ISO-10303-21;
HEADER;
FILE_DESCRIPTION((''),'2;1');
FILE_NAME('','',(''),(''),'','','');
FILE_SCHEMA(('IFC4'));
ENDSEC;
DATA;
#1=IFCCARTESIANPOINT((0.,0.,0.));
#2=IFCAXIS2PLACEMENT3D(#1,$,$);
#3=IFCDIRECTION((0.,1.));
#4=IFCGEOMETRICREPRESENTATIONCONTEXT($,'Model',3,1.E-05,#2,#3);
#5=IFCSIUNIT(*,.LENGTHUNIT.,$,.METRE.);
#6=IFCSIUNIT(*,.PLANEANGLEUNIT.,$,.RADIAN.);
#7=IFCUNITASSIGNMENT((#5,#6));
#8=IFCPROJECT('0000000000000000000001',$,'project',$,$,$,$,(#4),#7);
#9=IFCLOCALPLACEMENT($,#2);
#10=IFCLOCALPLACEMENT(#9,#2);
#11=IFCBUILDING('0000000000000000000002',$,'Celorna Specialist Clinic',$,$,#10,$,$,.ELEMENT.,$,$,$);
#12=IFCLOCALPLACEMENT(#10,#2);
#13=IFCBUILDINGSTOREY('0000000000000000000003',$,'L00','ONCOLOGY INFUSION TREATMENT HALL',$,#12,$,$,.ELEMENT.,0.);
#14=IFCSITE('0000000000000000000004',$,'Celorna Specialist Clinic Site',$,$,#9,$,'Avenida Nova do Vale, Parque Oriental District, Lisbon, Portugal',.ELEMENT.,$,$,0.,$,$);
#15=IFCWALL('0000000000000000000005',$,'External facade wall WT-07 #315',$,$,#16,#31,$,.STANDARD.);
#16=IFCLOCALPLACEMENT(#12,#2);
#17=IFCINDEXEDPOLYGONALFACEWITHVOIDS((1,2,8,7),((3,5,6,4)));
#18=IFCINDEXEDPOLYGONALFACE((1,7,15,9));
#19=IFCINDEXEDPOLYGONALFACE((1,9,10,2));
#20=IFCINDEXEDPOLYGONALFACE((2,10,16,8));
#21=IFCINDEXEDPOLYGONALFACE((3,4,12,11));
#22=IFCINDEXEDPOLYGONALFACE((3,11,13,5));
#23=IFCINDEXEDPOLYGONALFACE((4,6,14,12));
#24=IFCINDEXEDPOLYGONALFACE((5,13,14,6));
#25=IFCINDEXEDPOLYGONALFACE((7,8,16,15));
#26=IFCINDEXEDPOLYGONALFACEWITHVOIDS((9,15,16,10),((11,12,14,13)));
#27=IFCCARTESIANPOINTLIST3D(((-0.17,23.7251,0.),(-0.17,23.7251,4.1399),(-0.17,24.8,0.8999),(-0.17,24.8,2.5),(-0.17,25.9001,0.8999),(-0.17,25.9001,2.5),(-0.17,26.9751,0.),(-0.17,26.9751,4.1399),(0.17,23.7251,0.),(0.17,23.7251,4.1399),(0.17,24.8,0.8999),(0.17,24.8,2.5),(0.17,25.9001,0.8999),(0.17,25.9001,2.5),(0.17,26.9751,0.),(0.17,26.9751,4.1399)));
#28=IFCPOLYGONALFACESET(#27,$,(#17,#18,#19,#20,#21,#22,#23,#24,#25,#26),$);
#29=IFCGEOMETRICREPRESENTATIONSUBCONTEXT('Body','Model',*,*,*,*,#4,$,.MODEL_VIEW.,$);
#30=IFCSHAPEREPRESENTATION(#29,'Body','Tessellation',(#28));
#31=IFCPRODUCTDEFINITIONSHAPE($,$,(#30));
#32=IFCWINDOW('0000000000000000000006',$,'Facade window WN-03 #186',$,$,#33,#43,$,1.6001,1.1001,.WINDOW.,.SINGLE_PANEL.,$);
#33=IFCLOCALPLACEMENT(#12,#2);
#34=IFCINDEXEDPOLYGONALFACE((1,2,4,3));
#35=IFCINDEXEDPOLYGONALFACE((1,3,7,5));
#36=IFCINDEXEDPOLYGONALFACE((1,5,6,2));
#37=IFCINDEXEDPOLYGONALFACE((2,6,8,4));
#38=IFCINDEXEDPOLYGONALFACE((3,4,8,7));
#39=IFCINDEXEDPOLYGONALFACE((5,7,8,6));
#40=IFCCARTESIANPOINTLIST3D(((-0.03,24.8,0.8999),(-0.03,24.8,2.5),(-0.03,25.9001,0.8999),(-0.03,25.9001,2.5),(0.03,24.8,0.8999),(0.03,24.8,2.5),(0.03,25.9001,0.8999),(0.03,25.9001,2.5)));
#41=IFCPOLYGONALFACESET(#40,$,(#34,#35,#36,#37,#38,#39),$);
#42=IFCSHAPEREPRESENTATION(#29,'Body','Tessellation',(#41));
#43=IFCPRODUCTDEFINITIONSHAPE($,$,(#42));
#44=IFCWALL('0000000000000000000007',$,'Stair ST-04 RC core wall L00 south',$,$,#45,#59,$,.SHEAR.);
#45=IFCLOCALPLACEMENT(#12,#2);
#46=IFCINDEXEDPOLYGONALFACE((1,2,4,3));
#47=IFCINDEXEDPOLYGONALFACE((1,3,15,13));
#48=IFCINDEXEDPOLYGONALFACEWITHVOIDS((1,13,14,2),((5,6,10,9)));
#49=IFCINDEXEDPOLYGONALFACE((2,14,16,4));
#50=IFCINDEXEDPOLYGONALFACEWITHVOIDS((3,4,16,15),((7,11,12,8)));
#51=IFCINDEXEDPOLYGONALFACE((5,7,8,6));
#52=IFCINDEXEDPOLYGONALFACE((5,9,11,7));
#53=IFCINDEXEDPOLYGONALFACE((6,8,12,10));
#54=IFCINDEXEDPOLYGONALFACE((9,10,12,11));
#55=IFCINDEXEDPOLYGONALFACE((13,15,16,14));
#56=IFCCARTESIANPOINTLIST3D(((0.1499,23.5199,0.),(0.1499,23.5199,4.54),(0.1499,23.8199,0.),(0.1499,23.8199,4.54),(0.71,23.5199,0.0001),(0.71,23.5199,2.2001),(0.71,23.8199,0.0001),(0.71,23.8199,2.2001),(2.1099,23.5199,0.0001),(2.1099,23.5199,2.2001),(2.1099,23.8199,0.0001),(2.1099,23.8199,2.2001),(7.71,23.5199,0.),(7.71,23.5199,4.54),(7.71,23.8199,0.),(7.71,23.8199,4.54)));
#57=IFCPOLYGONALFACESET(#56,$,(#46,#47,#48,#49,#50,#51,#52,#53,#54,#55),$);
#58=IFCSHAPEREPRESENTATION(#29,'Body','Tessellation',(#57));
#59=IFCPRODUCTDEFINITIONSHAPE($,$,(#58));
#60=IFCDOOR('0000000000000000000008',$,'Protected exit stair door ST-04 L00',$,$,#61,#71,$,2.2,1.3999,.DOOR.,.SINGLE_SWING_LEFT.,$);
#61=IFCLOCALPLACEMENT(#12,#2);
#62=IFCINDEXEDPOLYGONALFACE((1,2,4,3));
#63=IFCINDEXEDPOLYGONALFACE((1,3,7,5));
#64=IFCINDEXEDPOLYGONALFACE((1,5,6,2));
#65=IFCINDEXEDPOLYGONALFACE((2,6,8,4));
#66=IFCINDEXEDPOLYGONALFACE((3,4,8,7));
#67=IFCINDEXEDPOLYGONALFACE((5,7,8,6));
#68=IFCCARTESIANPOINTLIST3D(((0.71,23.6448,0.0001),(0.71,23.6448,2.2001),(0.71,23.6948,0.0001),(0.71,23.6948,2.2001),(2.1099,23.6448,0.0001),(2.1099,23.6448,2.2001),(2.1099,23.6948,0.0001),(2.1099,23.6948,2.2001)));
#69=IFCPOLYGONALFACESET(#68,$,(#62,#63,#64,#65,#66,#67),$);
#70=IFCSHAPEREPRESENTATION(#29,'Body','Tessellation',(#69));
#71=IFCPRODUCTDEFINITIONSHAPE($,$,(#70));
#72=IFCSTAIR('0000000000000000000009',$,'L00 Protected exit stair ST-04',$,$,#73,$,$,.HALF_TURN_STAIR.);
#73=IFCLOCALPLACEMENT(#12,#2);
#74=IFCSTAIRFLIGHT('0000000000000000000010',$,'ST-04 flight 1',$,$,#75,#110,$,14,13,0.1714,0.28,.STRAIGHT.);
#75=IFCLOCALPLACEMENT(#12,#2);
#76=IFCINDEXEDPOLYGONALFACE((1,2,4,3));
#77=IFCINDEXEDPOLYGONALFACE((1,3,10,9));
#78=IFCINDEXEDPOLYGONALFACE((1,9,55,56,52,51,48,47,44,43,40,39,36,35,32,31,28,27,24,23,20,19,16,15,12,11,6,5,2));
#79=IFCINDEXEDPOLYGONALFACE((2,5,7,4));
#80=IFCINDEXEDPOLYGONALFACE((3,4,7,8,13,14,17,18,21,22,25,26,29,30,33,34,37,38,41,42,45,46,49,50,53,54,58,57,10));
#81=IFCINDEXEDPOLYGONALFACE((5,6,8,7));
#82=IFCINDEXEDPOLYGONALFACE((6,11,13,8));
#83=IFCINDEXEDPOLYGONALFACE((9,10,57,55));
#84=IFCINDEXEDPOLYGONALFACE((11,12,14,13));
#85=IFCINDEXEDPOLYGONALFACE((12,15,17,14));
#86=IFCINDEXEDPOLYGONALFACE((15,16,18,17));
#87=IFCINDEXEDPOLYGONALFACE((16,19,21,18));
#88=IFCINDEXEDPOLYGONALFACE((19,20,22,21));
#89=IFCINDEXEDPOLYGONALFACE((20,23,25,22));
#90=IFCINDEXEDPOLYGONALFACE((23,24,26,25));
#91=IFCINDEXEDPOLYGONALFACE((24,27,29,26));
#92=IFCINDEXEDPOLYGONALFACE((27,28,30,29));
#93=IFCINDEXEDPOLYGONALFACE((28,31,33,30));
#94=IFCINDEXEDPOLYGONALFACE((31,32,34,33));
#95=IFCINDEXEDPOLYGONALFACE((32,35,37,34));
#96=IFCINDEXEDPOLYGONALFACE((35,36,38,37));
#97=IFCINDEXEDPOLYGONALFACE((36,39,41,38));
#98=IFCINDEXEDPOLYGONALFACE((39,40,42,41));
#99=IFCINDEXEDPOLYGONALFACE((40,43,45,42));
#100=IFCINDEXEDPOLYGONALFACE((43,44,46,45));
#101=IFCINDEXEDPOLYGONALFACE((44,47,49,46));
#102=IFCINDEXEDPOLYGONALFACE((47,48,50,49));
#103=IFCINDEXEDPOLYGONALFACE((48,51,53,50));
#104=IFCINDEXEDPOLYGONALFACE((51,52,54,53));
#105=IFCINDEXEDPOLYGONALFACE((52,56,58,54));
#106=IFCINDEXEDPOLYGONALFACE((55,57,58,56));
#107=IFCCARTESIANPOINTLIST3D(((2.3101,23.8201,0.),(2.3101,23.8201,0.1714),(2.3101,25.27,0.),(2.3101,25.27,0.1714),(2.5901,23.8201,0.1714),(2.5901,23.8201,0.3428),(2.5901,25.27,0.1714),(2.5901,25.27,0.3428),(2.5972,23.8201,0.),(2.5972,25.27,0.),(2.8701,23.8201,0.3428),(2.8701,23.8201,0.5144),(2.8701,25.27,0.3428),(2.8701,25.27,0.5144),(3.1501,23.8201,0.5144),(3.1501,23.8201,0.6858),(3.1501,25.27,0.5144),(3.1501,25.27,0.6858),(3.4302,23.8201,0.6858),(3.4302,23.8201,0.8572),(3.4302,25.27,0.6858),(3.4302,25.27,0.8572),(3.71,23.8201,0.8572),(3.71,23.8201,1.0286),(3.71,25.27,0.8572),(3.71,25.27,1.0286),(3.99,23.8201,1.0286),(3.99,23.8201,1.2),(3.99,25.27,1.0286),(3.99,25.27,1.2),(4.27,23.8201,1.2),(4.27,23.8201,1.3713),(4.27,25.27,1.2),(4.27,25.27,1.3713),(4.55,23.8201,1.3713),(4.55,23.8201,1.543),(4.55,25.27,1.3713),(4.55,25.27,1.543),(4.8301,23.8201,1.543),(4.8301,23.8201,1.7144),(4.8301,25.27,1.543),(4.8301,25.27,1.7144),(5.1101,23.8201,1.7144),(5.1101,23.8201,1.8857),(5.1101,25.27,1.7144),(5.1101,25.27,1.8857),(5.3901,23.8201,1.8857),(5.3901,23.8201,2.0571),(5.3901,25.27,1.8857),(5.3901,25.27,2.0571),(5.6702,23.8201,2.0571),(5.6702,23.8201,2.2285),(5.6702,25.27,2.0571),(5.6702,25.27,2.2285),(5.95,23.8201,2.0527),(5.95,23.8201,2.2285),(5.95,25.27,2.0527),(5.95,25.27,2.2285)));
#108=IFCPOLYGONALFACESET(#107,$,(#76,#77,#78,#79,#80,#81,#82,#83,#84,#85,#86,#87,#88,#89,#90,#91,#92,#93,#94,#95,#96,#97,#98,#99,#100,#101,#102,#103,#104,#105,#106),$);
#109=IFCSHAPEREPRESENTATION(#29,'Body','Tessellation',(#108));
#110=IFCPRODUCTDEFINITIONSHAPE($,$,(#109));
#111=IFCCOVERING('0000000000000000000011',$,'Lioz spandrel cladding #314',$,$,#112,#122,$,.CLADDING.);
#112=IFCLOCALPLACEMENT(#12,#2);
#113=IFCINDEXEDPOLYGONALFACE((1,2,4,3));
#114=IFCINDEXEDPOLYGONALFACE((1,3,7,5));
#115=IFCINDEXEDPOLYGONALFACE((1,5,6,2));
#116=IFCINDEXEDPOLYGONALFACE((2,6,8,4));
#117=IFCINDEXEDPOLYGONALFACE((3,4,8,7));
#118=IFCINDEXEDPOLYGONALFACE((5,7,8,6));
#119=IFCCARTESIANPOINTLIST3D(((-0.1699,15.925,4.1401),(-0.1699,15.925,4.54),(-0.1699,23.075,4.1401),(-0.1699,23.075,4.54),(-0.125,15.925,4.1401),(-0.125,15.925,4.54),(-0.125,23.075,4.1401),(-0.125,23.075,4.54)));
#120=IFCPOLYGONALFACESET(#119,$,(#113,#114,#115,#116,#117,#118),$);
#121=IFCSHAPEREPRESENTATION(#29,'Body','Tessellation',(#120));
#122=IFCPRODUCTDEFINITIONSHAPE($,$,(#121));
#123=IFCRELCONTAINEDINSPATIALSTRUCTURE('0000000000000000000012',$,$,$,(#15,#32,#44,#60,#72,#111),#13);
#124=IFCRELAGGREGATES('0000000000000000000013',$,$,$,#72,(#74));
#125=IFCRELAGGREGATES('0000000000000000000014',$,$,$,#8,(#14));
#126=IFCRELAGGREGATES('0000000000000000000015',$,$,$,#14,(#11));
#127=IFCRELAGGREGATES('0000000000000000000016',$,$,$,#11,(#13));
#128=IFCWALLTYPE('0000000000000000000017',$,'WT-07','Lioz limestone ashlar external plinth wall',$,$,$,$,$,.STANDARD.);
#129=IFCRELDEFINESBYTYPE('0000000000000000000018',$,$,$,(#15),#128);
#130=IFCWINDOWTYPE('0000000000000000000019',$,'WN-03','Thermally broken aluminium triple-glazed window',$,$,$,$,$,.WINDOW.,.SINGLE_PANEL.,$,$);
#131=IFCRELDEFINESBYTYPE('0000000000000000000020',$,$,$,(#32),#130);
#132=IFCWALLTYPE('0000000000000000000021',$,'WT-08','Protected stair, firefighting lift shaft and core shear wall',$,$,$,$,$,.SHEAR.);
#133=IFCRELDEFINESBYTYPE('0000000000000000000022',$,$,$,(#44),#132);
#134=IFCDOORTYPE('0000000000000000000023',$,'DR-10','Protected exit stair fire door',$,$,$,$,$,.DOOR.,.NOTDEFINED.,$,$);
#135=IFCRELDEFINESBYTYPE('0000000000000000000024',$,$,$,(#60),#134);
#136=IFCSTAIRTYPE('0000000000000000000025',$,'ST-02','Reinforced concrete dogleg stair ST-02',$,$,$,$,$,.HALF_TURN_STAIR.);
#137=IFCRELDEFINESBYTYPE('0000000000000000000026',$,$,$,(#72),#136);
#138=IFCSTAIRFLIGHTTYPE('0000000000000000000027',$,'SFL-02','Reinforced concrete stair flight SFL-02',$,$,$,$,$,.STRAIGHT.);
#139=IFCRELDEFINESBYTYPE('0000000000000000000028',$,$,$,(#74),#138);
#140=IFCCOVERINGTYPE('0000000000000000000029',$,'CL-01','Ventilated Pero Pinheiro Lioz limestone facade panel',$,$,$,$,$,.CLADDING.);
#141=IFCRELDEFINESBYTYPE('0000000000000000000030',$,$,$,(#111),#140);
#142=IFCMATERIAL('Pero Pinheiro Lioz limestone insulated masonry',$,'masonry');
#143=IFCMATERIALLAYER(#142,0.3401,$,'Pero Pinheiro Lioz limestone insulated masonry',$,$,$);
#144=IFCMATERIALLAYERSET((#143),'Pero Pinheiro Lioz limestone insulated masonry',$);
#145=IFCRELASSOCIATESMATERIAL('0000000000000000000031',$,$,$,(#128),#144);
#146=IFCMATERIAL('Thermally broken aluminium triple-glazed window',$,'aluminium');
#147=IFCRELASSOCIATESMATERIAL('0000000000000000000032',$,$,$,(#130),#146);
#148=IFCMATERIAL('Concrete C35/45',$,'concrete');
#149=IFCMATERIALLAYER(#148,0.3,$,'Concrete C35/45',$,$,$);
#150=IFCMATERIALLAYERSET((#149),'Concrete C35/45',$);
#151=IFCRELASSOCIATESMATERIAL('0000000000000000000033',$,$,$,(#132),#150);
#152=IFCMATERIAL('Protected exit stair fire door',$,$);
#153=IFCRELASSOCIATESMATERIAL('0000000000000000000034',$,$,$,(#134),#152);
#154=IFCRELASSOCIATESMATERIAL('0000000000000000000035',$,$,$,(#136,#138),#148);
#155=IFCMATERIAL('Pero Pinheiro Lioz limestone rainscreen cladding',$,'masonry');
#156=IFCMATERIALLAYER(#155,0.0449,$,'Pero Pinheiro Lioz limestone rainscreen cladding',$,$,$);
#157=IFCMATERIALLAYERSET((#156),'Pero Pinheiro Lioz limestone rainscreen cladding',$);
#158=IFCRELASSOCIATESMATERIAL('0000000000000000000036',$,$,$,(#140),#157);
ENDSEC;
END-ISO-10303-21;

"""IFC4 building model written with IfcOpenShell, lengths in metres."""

from ifc_helpers import new_model, si_unit, direction, frame, frame_2d, origin, origin_2d, place, context, subcontext, project, spatial, polyline, rectangle, outline, extrude, material, layer, layer_set, type_object, element, fill, aggregate, save


model = new_model("IFC4")

# Units and contexts
model_context = context("Model", 3, precision=1e-05, world=origin(), true_north=direction((0.0, 1.0)))
body_context = subcontext(model_context, "Body", "Model", "MODEL_VIEW")
ifc_project = project(units=[si_unit("LENGTHUNIT", "METRE"), si_unit("PLANEANGLEUNIT", "RADIAN")], contexts=[model_context])

# Site, building, storey
site_placement = place(None, origin())
site = spatial("IfcSite", under=ifc_project, at=site_placement, Name="Celorna Specialist Clinic Site", LongName="Avenida Nova do Vale, Parque Oriental District, Lisbon, Portugal", CompositionType="ELEMENT", RefElevation=0.0)
building_placement = place(site_placement, origin())
building = spatial("IfcBuilding", under=site, at=building_placement, Name="Celorna Specialist Clinic", CompositionType="ELEMENT")
storey_placement = place(building_placement, origin())
storey = spatial("IfcBuildingStorey", under=building, at=storey_placement, Name="L00", Description="ONCOLOGY INFUSION TREATMENT HALL", CompositionType="ELEMENT", Elevation=0.0)

# Shared definitions
ifc_material_1 = material(Name="Concrete C35/45", Category="concrete")

# Shared definitions
ifc_material_2 = material(Name="Pero Pinheiro Lioz limestone insulated masonry", Category="masonry")
ifc_layer_1 = layer(ifc_material_2, 0.3401, Name="Pero Pinheiro Lioz limestone insulated masonry")
ifc_layer_set_1 = layer_set([ifc_layer_1], Name="Pero Pinheiro Lioz limestone insulated masonry")
wall_type_1 = type_object("IfcWallType", Name="WT-07", Description="Lioz limestone ashlar external plinth wall", PredefinedType="STANDARD", material=ifc_layer_set_1)

# Wall, opening, window
wall_1_placement = place(storey_placement, frame((0.0, 23.7251, 0.0), z_axis=(0.0, 0.0, 1.0), x_axis=(0.0, 1.0, 0.0)))
wall_1 = element("IfcWall", 1, at=wall_1_placement, inside=storey, type_object=wall_type_1, Name="External facade wall WT-07 #315", PredefinedType="STANDARD", context=body_context, shape_type="SweptSolid", body=[
    extrude(rectangle(XDim=3.25, YDim=0.3401, at=frame_2d((1.625, 0.0))), origin(), (0.0, 0.0, 1.0), 4.1399),
])
opening_1_placement = place(wall_1_placement, frame((1.075, 0.0, 0.8999)))
opening_1 = element("IfcOpeningElement", 2, at=opening_1_placement, cuts=wall_1, PredefinedType="OPENING", context=body_context, shape_type="SweptSolid", body=[
    extrude(rectangle(XDim=1.1001, YDim=1.6001, at=frame_2d((0.55, 0.8))), frame((0.0, 0.1799, 0.0), z_axis=(0.0, -1.0, 0.0), x_axis=(1.0, 0.0, 0.0)), (0.0, 0.0, 1.0), 0.3601),
])
ifc_material_3 = material(Name="Thermally broken aluminium triple-glazed window", Category="aluminium")
window_type = type_object("IfcWindowType", Name="WN-03", Description="Thermally broken aluminium triple-glazed window", PartitioningType="SINGLE_PANEL", PredefinedType="WINDOW", material=ifc_material_3)
window_placement = place(opening_1_placement, origin())
window = element("IfcWindow", 3, at=window_placement, inside=storey, type_object=window_type, Name="Facade window WN-03 #186", OverallHeight=1.6001, OverallWidth=1.1001, PartitioningType="SINGLE_PANEL", PredefinedType="WINDOW", context=body_context, shape_type="SweptSolid", body=[
    extrude(rectangle(XDim=1.1001, YDim=1.6001, at=frame_2d((0.55, 0.8))), frame((0.0, 0.03, 0.0), z_axis=(0.0, -1.0, 0.0), x_axis=(1.0, 0.0, 0.0)), (0.0, 0.0, 1.0), 0.0601),
])
fill(opening_1, window)

# Wall, opening, door
ifc_layer_2 = layer(ifc_material_1, 0.3, Name="Concrete C35/45")
ifc_layer_set_2 = layer_set([ifc_layer_2], Name="Concrete C35/45")
wall_type_2 = type_object("IfcWallType", Name="WT-08", Description="Protected stair, firefighting lift shaft and core shear wall", PredefinedType="SHEAR", material=ifc_layer_set_2)
wall_2_placement = place(storey_placement, frame((0.1499, 23.6699, 0.0), z_axis=(0.0, 0.0, 1.0), x_axis=(1.0, 0.0, 0.0)))
wall_2 = element("IfcWall", 4, at=wall_2_placement, inside=storey, type_object=wall_type_2, Name="Stair ST-04 RC core wall L00 south", PredefinedType="SHEAR", context=body_context, shape_type="SweptSolid", body=[
    extrude(rectangle(XDim=7.5601, YDim=0.3, at=frame_2d((3.78, 0.0))), origin(), (0.0, 0.0, 1.0), 4.54),
])
opening_2_placement = place(wall_2_placement, frame((0.5601, 0.0, 0.0)))
opening_2 = element("IfcOpeningElement", 5, at=opening_2_placement, cuts=wall_2, PredefinedType="OPENING", context=body_context, shape_type="SweptSolid", body=[
    extrude(rectangle(XDim=1.3999, YDim=2.2, at=frame_2d((0.7, 1.1001))), frame((0.0, 0.1599, 0.0), z_axis=(0.0, -1.0, 0.0), x_axis=(1.0, 0.0, 0.0)), (0.0, 0.0, 1.0), 0.3201),
])
ifc_material_4 = material(Name="Protected exit stair fire door")
door_type_1 = type_object("IfcDoorType", Name="DR-10", Description="Protected exit stair fire door", OperationType="NOTDEFINED", PredefinedType="DOOR", material=ifc_material_4)
door_1_placement = place(opening_2_placement, origin())
door_1 = element("IfcDoor", 6, at=door_1_placement, inside=storey, type_object=door_type_1, Name="Protected exit stair door ST-04 L00", OperationType="SINGLE_SWING_LEFT", OverallHeight=2.2, OverallWidth=1.3999, PredefinedType="DOOR", context=body_context, shape_type="SweptSolid", body=[
    extrude(rectangle(XDim=1.3999, YDim=2.2, at=frame_2d((0.7, 1.1001))), frame((0.0, 0.0249, 0.0), z_axis=(0.0, -1.0, 0.0), x_axis=(1.0, 0.0, 0.0)), (0.0, 0.0, 1.0), 0.05),
])
fill(opening_2, door_1)

# Stair, stair flight
stair_type = type_object("IfcStairType", Name="ST-02", Description="Reinforced concrete dogleg stair ST-02", PredefinedType="HALF_TURN_STAIR", material=ifc_material_1)
stair_placement = place(storey_placement, origin())
stair = element("IfcStair", 7, at=stair_placement, inside=storey, type_object=stair_type, Name="L00 Protected exit stair ST-04", PredefinedType="HALF_TURN_STAIR")
stair_flight_type = type_object("IfcStairFlightType", Name="SFL-02", Description="Reinforced concrete stair flight SFL-02", PredefinedType="STRAIGHT", material=ifc_material_1)
stair_flight_placement = place(storey_placement, frame((2.3101, 24.5449, 0.0), z_axis=(0.0, 0.0, 1.0), x_axis=(1.0, 0.0, 0.0)))
stair_flight = element("IfcStairFlight", 8, at=stair_flight_placement, type_object=stair_flight_type, Name="ST-04 flight 1", NumberOfRisers=14, NumberOfTreads=13, PredefinedType="STRAIGHT", RiserHeight=0.1714, TreadLength=0.28, context=body_context, shape_type="SweptSolid", body=[
    extrude(outline(polyline([(0.0, 0.0), (0.0, 0.1714), (0.28, 0.1714), (0.28, 0.3428), (0.5601, 0.3428), (0.5601, 0.5144), (0.8401, 0.5144), (0.8401, 0.6858), (1.1201, 0.6858), (1.1201, 0.8572), (1.3999, 0.8572), (1.3999, 1.0286), (1.6799, 1.0286), (1.6799, 1.2), (1.96, 1.2), (1.96, 1.3713), (2.24, 1.3713), (2.24, 1.543), (2.52, 1.543), (2.52, 1.7144), (2.8, 1.7144), (2.8, 1.8857), (3.0801, 1.8857), (3.0801, 2.0571), (3.3601, 2.0571), (3.3601, 2.2285), (3.6399, 2.2285), (3.6399, 2.3999), (3.6399, 2.0527), (0.2871, 0.0), (0.0, 0.0)])), frame((0.0, 0.7251, 0.0), z_axis=(0.0, -1.0, 0.0), x_axis=(1.0, 0.0, 0.0)), (0.0, 0.0, 1.0), 1.45),
])
aggregate(stair, [stair_flight])

# Covering
ifc_material_5 = material(Name="Pero Pinheiro Lioz limestone rainscreen cladding", Category="masonry")
ifc_layer_3 = layer(ifc_material_5, 0.0449, Name="Pero Pinheiro Lioz limestone rainscreen cladding")
ifc_layer_set_3 = layer_set([ifc_layer_3], Name="Pero Pinheiro Lioz limestone rainscreen cladding")
covering_type = type_object("IfcCoveringType", Name="CL-01", Description="Ventilated Pero Pinheiro Lioz limestone facade panel", PredefinedType="CLADDING", material=ifc_layer_set_3)
covering_placement = place(storey_placement, frame((-0.1475, 19.5, 4.1401), z_axis=(0.0, 0.0, 1.0), x_axis=(0.0, 1.0, 0.0)))
element("IfcCovering", 9, at=covering_placement, inside=storey, type_object=covering_type, Name="Lioz spandrel cladding #314", PredefinedType="CLADDING", context=body_context, shape_type="SweptSolid", body=[
    extrude(rectangle(XDim=7.1499, YDim=0.0449, at=origin_2d()), origin(), (0.0, 0.0, 1.0), 0.3999),
])

save(model, "model.ifc")
